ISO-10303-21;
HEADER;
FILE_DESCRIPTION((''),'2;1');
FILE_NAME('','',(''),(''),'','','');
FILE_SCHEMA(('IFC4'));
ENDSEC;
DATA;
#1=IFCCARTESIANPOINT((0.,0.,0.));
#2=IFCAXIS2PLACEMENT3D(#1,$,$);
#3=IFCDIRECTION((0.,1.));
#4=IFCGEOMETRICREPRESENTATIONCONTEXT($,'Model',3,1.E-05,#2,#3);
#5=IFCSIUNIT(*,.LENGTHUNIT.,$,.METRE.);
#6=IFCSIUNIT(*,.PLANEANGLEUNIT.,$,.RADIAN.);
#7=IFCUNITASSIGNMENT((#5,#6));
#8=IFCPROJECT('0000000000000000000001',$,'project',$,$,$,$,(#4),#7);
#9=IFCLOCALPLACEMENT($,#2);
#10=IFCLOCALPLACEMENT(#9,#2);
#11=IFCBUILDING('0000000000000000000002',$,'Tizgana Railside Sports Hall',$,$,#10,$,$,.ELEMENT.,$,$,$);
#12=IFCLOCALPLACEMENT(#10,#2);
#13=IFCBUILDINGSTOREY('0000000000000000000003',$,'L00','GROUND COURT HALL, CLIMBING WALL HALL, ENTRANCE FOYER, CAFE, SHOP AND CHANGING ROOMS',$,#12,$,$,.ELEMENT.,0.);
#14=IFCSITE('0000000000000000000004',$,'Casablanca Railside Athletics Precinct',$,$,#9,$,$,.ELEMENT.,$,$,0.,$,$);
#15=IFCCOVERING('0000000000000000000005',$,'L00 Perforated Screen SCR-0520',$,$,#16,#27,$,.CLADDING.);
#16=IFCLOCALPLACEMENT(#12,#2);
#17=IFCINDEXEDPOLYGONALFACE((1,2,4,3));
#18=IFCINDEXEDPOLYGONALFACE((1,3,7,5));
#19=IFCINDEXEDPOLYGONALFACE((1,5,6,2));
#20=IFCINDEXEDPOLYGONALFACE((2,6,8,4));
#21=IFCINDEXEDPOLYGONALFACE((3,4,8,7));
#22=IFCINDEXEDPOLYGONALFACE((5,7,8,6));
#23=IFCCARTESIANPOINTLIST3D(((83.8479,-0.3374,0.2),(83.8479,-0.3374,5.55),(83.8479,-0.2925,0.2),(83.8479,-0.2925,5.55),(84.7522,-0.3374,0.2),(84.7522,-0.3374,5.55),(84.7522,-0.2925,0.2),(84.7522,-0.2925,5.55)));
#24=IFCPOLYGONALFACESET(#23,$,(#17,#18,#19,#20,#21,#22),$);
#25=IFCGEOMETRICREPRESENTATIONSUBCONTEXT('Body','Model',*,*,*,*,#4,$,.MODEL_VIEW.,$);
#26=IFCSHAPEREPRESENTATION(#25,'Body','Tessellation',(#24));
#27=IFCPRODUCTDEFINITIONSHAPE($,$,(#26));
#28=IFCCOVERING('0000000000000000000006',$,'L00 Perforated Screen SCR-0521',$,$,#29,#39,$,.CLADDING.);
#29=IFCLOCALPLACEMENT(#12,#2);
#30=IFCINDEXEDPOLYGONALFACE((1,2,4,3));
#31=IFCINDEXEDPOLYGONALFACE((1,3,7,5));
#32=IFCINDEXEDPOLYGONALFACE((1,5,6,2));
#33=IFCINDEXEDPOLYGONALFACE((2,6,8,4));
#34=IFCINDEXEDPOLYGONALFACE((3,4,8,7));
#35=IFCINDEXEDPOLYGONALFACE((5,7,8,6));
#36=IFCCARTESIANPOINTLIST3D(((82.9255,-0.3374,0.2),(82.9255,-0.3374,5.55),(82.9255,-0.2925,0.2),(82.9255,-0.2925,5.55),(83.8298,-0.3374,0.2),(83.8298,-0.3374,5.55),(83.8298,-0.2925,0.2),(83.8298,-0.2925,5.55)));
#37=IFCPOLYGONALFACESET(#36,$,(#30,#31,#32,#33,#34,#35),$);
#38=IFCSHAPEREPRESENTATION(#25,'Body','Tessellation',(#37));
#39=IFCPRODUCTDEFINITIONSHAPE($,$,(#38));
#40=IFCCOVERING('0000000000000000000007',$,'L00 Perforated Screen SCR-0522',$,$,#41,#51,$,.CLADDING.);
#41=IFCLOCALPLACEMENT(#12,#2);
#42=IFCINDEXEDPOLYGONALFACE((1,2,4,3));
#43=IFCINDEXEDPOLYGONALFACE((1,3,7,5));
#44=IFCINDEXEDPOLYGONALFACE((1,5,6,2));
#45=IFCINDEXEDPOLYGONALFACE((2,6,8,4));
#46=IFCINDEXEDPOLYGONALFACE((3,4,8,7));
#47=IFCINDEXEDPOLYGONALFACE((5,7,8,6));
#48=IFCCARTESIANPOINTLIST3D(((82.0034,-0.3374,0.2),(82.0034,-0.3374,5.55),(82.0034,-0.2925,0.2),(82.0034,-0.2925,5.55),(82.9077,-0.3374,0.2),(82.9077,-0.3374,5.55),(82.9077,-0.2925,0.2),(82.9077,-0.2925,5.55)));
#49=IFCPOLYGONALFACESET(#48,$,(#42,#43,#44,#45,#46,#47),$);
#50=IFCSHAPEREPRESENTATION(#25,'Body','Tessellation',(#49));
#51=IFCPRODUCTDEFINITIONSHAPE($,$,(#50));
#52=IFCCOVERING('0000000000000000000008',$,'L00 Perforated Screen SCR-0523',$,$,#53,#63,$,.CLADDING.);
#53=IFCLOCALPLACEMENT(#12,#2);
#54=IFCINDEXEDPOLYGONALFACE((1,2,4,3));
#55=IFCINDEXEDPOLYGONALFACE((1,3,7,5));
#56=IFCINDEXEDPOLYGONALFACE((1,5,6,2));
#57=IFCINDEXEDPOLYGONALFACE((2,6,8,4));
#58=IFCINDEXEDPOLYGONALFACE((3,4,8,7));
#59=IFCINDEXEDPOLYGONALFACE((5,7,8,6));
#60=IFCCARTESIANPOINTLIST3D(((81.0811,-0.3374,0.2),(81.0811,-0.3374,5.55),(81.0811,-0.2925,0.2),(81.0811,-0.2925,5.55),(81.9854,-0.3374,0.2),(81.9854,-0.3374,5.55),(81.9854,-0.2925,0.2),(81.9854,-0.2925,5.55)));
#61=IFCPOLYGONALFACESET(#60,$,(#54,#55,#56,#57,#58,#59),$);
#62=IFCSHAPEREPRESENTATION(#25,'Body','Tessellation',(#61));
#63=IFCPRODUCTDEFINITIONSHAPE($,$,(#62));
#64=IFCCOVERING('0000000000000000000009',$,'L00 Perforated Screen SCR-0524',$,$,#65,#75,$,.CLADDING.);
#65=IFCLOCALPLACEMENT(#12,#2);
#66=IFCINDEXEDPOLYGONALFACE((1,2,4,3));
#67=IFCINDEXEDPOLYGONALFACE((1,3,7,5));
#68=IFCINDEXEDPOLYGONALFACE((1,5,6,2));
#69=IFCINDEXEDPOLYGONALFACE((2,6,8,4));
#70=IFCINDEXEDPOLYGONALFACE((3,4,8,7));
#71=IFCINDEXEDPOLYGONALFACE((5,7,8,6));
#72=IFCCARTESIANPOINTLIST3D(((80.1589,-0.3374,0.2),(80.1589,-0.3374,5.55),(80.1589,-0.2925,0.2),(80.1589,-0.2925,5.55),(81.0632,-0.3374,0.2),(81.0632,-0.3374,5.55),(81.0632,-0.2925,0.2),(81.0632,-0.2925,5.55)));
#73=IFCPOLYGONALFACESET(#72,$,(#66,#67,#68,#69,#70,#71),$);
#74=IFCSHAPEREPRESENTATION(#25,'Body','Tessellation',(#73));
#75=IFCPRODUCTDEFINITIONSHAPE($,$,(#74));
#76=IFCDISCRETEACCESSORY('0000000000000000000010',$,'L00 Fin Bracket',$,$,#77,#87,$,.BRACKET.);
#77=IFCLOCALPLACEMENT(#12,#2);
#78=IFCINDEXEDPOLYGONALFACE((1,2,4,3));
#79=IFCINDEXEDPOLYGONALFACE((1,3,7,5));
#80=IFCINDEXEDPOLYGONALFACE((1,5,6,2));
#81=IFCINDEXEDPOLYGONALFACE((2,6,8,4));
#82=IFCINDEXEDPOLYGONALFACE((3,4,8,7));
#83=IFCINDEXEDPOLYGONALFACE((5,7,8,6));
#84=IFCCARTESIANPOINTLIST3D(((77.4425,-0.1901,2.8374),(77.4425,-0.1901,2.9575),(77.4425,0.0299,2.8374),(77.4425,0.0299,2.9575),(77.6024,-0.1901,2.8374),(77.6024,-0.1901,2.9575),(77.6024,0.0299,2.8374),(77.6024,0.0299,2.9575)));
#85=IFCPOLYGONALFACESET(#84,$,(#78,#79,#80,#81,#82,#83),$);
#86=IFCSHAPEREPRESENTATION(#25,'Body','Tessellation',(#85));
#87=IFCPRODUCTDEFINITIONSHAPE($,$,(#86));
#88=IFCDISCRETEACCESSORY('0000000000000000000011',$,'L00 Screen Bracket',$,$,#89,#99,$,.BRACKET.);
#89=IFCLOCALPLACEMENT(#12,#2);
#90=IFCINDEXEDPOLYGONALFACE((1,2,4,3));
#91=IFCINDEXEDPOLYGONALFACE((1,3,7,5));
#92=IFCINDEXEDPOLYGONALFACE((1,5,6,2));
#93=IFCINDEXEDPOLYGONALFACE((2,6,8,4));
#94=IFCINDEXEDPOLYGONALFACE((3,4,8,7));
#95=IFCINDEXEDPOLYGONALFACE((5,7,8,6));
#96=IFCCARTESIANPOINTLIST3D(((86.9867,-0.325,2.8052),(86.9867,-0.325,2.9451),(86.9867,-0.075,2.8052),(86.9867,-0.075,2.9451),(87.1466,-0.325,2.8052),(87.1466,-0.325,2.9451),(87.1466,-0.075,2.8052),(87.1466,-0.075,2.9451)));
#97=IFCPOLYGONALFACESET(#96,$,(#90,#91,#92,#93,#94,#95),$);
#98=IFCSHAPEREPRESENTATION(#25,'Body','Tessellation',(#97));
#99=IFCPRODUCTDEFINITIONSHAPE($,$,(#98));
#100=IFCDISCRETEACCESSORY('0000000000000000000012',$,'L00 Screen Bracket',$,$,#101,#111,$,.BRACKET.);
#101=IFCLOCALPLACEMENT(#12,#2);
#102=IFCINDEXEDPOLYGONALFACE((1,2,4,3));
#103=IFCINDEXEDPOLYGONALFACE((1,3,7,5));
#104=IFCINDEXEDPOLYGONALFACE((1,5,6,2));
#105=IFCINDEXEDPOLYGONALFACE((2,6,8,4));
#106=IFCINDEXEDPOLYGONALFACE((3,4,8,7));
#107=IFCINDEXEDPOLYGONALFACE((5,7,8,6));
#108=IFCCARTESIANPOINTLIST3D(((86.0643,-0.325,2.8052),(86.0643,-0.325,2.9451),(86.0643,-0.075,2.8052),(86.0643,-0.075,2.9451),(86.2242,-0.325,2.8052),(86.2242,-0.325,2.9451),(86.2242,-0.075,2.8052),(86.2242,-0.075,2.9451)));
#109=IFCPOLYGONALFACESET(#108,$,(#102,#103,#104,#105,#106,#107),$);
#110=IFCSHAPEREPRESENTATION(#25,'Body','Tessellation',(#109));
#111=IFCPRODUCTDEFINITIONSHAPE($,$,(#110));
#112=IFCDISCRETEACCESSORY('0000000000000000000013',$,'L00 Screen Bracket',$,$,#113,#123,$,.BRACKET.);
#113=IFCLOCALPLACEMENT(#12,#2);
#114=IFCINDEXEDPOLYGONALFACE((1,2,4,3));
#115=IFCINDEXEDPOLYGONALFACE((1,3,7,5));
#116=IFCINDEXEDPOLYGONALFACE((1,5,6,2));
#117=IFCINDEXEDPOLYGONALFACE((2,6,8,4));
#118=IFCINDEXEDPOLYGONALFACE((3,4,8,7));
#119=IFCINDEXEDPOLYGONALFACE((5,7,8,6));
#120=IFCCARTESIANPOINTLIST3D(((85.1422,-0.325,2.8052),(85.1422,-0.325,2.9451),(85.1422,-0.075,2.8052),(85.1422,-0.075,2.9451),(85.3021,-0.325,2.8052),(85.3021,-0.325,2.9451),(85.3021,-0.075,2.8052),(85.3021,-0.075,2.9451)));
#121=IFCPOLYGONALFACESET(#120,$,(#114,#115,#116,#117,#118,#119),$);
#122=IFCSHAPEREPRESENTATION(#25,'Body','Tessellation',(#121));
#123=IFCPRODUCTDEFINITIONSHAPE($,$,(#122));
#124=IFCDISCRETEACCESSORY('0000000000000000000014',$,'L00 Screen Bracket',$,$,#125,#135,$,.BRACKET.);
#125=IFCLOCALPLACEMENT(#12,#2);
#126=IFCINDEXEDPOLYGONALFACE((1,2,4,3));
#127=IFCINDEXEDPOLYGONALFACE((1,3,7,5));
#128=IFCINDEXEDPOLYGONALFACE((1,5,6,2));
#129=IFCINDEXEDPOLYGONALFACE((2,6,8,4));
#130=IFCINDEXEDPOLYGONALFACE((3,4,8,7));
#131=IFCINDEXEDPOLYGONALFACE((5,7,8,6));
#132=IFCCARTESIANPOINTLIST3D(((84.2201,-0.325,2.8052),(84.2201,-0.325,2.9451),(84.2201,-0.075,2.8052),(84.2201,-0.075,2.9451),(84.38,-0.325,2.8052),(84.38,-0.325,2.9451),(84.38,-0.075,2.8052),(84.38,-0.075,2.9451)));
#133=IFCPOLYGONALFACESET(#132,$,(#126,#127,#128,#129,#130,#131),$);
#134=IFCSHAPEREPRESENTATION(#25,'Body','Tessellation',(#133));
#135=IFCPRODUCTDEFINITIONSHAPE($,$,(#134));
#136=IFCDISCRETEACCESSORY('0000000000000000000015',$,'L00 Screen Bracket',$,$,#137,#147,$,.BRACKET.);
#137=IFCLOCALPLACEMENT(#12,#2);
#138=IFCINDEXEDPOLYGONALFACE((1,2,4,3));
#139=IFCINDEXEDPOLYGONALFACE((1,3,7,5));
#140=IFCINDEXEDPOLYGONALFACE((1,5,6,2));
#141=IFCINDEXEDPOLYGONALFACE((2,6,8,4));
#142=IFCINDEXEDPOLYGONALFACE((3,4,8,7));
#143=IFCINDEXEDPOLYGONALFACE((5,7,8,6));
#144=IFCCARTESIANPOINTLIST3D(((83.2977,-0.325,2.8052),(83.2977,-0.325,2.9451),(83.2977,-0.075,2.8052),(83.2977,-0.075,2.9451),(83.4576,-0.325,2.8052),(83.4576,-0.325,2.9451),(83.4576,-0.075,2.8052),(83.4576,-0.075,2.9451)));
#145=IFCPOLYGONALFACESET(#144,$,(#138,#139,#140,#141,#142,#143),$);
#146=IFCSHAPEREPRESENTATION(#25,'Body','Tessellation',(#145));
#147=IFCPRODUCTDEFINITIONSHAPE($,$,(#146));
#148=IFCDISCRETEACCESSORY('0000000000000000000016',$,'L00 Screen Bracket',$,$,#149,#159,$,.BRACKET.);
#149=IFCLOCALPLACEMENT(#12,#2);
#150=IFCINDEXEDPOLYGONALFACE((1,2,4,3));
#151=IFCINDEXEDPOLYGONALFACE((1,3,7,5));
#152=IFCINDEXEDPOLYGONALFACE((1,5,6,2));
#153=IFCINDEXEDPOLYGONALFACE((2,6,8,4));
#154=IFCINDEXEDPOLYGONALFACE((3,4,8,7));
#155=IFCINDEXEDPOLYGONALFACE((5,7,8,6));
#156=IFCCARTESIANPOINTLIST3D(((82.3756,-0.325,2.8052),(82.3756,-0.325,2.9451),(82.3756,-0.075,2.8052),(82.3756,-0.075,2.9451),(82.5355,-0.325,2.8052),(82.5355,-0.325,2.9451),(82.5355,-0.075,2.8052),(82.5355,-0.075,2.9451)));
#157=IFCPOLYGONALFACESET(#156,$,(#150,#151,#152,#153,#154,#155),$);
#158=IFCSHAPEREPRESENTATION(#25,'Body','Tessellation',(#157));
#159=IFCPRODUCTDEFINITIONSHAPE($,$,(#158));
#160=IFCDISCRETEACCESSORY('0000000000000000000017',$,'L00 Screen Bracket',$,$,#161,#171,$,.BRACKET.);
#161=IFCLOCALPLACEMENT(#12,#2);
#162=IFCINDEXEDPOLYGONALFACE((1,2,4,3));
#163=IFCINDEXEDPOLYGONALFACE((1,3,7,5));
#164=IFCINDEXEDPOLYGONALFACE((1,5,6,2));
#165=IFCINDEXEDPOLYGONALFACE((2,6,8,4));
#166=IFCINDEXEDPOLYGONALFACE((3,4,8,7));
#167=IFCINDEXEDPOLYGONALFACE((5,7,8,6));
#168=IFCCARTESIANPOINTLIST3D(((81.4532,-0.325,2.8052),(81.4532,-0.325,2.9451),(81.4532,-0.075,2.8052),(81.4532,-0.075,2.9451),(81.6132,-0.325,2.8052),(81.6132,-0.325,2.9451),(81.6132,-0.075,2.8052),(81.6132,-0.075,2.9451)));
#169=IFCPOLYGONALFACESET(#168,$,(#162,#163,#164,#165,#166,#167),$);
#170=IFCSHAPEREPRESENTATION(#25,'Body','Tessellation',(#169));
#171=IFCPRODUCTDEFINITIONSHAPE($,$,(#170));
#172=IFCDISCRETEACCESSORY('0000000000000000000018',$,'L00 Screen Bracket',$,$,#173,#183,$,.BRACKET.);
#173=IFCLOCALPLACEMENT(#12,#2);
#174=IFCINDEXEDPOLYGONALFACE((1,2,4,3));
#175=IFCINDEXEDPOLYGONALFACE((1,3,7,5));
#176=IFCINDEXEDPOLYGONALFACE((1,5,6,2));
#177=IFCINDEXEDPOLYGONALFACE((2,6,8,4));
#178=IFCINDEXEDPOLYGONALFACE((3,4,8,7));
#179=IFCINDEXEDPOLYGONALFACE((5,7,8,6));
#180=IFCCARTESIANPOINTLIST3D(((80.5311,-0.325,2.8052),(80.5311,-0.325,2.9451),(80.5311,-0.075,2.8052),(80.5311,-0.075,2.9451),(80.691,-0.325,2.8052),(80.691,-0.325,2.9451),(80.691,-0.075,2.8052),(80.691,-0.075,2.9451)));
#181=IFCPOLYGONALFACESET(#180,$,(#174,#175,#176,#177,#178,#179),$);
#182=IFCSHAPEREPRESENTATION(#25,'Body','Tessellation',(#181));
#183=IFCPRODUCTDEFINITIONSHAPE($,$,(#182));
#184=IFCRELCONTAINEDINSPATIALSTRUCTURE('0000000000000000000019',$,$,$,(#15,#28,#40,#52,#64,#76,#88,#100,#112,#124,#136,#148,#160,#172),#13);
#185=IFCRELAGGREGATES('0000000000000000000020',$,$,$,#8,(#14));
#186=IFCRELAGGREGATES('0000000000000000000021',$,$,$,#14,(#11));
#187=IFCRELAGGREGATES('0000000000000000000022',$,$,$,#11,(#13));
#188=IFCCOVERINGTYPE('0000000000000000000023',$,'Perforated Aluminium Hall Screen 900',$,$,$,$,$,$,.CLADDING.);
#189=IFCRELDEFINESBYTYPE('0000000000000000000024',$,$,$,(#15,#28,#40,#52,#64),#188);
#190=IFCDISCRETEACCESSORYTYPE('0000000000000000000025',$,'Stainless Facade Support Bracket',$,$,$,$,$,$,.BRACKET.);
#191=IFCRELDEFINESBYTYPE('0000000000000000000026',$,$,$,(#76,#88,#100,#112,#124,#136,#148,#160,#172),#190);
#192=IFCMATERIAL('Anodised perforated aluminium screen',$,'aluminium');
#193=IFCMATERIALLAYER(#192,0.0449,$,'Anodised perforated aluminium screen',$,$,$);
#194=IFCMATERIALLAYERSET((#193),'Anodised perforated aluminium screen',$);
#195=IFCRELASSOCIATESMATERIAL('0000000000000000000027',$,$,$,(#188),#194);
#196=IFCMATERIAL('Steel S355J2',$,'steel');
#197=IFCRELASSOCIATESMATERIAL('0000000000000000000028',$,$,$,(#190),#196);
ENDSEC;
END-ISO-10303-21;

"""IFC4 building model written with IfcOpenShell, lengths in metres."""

from ifc_helpers import new_model, si_unit, direction, frame, origin, origin_2d, place, context, subcontext, project, spatial, rectangle, extrude, material, layer, layer_set, type_object, element, save


model = new_model("IFC4")

# Units and contexts
model_context = context("Model", 3, precision=1e-05, world=origin(), true_north=direction((0.0, 1.0)))
body_context = subcontext(model_context, "Body", "Model", "MODEL_VIEW")
ifc_project = project(units=[si_unit("LENGTHUNIT", "METRE"), si_unit("PLANEANGLEUNIT", "RADIAN")], contexts=[model_context])

# Site, building, storey
site_placement = place(None, origin())
site = spatial("IfcSite", under=ifc_project, at=site_placement, Name="Casablanca Railside Athletics Precinct", CompositionType="ELEMENT", RefElevation=0.0)
building_placement = place(site_placement, origin())
building = spatial("IfcBuilding", under=site, at=building_placement, Name="Tizgana Railside Sports Hall", CompositionType="ELEMENT")
storey_placement = place(building_placement, origin())
storey = spatial("IfcBuildingStorey", under=building, at=storey_placement, Name="L00", Description="GROUND COURT HALL, CLIMBING WALL HALL, ENTRANCE FOYER, CAFE, SHOP AND CHANGING ROOMS", CompositionType="ELEMENT", Elevation=0.0)

# Coverings
ifc_material_1 = material(Name="Anodised perforated aluminium screen", Category="aluminium")
ifc_layer_1 = layer(ifc_material_1, 0.0449, Name="Anodised perforated aluminium screen")
ifc_layer_set_1 = layer_set([ifc_layer_1], Name="Anodised perforated aluminium screen")
covering_type_1 = type_object("IfcCoveringType", Name="Perforated Aluminium Hall Screen 900", PredefinedType="CLADDING", material=ifc_layer_set_1)
for number, where, z_axis, x_axis, name in (
    (1, (84.3, -0.3149, 0.2), (0.0, 0.0, 1.0), (-1.0, 0.0, 0.0), "L00 Perforated Screen SCR-0520"),
    (2, (83.3777, -0.3149, 0.2), (0.0, 0.0, 1.0), (-1.0, 0.0, 0.0), "L00 Perforated Screen SCR-0521"),
    (3, (82.4556, -0.3149, 0.2), (0.0, 0.0, 1.0), (-1.0, 0.0, 0.0), "L00 Perforated Screen SCR-0522"),
    (4, (81.5332, -0.3149, 0.2), (0.0, 0.0, 1.0), (-1.0, 0.0, 0.0), "L00 Perforated Screen SCR-0523"),
    (5, (80.6111, -0.3149, 0.2), (0.0, 0.0, 1.0), (-1.0, 0.0, 0.0), "L00 Perforated Screen SCR-0524"),
):
    element("IfcCovering", number, at=place(storey_placement, frame(where, z_axis=z_axis, x_axis=x_axis)), inside=storey, type_object=covering_type_1, Name=name, PredefinedType="CLADDING", context=body_context, shape_type="SweptSolid", body=[
        extrude(rectangle(XDim=0.9043, YDim=0.0449, at=origin_2d()), origin(), (0.0, 0.0, 1.0), 5.3501),
    ])

# Discrete accessories
ifc_material_2 = material(Name="Steel S355J2", Category="steel")
discrete_accessory_type = type_object("IfcDiscreteAccessoryType", Name="Stainless Facade Support Bracket", PredefinedType="BRACKET", material=ifc_material_2)
discrete_accessory_placement = place(storey_placement, frame((77.5225, -0.0801, 2.8374), z_axis=(0.0, 0.0, 1.0), x_axis=(-1.0, 0.0, 0.0)))
element("IfcDiscreteAccessory", 6, at=discrete_accessory_placement, inside=storey, type_object=discrete_accessory_type, Name="L00 Fin Bracket", PredefinedType="BRACKET", context=body_context, shape_type="SweptSolid", body=[
    extrude(rectangle(XDim=0.1599, YDim=0.22, at=origin_2d()), origin(), (0.0, 0.0, 1.0), 0.1201),
])
for number, where, z_axis, x_axis, name in (
    (7, (87.0667, -0.2, 2.8052), (0.0, 0.0, 1.0), (-1.0, 0.0, 0.0), "L00 Screen Bracket"),
    (8, (86.1443, -0.2, 2.8052), (0.0, 0.0, 1.0), (-1.0, 0.0, 0.0), "L00 Screen Bracket"),
    (9, (85.2222, -0.2, 2.8052), (0.0, 0.0, 1.0), (-1.0, 0.0, 0.0), "L00 Screen Bracket"),
    (10, (84.3, -0.2, 2.8052), (0.0, 0.0, 1.0), (-1.0, 0.0, 0.0), "L00 Screen Bracket"),
    (11, (83.3777, -0.2, 2.8052), (0.0, 0.0, 1.0), (-1.0, 0.0, 0.0), "L00 Screen Bracket"),
    (12, (82.4556, -0.2, 2.8052), (0.0, 0.0, 1.0), (-1.0, 0.0, 0.0), "L00 Screen Bracket"),
    (13, (81.5332, -0.2, 2.8052), (0.0, 0.0, 1.0), (-1.0, 0.0, 0.0), "L00 Screen Bracket"),
    (14, (80.6111, -0.2, 2.8052), (0.0, 0.0, 1.0), (-1.0, 0.0, 0.0), "L00 Screen Bracket"),
):
    element("IfcDiscreteAccessory", number, at=place(storey_placement, frame(where, z_axis=z_axis, x_axis=x_axis)), inside=storey, type_object=discrete_accessory_type, Name=name, PredefinedType="BRACKET", context=body_context, shape_type="SweptSolid", body=[
        extrude(rectangle(XDim=0.1599, YDim=0.25, at=origin_2d()), origin(), (0.0, 0.0, 1.0), 0.1399),
    ])

save(model, "model.ifc")
